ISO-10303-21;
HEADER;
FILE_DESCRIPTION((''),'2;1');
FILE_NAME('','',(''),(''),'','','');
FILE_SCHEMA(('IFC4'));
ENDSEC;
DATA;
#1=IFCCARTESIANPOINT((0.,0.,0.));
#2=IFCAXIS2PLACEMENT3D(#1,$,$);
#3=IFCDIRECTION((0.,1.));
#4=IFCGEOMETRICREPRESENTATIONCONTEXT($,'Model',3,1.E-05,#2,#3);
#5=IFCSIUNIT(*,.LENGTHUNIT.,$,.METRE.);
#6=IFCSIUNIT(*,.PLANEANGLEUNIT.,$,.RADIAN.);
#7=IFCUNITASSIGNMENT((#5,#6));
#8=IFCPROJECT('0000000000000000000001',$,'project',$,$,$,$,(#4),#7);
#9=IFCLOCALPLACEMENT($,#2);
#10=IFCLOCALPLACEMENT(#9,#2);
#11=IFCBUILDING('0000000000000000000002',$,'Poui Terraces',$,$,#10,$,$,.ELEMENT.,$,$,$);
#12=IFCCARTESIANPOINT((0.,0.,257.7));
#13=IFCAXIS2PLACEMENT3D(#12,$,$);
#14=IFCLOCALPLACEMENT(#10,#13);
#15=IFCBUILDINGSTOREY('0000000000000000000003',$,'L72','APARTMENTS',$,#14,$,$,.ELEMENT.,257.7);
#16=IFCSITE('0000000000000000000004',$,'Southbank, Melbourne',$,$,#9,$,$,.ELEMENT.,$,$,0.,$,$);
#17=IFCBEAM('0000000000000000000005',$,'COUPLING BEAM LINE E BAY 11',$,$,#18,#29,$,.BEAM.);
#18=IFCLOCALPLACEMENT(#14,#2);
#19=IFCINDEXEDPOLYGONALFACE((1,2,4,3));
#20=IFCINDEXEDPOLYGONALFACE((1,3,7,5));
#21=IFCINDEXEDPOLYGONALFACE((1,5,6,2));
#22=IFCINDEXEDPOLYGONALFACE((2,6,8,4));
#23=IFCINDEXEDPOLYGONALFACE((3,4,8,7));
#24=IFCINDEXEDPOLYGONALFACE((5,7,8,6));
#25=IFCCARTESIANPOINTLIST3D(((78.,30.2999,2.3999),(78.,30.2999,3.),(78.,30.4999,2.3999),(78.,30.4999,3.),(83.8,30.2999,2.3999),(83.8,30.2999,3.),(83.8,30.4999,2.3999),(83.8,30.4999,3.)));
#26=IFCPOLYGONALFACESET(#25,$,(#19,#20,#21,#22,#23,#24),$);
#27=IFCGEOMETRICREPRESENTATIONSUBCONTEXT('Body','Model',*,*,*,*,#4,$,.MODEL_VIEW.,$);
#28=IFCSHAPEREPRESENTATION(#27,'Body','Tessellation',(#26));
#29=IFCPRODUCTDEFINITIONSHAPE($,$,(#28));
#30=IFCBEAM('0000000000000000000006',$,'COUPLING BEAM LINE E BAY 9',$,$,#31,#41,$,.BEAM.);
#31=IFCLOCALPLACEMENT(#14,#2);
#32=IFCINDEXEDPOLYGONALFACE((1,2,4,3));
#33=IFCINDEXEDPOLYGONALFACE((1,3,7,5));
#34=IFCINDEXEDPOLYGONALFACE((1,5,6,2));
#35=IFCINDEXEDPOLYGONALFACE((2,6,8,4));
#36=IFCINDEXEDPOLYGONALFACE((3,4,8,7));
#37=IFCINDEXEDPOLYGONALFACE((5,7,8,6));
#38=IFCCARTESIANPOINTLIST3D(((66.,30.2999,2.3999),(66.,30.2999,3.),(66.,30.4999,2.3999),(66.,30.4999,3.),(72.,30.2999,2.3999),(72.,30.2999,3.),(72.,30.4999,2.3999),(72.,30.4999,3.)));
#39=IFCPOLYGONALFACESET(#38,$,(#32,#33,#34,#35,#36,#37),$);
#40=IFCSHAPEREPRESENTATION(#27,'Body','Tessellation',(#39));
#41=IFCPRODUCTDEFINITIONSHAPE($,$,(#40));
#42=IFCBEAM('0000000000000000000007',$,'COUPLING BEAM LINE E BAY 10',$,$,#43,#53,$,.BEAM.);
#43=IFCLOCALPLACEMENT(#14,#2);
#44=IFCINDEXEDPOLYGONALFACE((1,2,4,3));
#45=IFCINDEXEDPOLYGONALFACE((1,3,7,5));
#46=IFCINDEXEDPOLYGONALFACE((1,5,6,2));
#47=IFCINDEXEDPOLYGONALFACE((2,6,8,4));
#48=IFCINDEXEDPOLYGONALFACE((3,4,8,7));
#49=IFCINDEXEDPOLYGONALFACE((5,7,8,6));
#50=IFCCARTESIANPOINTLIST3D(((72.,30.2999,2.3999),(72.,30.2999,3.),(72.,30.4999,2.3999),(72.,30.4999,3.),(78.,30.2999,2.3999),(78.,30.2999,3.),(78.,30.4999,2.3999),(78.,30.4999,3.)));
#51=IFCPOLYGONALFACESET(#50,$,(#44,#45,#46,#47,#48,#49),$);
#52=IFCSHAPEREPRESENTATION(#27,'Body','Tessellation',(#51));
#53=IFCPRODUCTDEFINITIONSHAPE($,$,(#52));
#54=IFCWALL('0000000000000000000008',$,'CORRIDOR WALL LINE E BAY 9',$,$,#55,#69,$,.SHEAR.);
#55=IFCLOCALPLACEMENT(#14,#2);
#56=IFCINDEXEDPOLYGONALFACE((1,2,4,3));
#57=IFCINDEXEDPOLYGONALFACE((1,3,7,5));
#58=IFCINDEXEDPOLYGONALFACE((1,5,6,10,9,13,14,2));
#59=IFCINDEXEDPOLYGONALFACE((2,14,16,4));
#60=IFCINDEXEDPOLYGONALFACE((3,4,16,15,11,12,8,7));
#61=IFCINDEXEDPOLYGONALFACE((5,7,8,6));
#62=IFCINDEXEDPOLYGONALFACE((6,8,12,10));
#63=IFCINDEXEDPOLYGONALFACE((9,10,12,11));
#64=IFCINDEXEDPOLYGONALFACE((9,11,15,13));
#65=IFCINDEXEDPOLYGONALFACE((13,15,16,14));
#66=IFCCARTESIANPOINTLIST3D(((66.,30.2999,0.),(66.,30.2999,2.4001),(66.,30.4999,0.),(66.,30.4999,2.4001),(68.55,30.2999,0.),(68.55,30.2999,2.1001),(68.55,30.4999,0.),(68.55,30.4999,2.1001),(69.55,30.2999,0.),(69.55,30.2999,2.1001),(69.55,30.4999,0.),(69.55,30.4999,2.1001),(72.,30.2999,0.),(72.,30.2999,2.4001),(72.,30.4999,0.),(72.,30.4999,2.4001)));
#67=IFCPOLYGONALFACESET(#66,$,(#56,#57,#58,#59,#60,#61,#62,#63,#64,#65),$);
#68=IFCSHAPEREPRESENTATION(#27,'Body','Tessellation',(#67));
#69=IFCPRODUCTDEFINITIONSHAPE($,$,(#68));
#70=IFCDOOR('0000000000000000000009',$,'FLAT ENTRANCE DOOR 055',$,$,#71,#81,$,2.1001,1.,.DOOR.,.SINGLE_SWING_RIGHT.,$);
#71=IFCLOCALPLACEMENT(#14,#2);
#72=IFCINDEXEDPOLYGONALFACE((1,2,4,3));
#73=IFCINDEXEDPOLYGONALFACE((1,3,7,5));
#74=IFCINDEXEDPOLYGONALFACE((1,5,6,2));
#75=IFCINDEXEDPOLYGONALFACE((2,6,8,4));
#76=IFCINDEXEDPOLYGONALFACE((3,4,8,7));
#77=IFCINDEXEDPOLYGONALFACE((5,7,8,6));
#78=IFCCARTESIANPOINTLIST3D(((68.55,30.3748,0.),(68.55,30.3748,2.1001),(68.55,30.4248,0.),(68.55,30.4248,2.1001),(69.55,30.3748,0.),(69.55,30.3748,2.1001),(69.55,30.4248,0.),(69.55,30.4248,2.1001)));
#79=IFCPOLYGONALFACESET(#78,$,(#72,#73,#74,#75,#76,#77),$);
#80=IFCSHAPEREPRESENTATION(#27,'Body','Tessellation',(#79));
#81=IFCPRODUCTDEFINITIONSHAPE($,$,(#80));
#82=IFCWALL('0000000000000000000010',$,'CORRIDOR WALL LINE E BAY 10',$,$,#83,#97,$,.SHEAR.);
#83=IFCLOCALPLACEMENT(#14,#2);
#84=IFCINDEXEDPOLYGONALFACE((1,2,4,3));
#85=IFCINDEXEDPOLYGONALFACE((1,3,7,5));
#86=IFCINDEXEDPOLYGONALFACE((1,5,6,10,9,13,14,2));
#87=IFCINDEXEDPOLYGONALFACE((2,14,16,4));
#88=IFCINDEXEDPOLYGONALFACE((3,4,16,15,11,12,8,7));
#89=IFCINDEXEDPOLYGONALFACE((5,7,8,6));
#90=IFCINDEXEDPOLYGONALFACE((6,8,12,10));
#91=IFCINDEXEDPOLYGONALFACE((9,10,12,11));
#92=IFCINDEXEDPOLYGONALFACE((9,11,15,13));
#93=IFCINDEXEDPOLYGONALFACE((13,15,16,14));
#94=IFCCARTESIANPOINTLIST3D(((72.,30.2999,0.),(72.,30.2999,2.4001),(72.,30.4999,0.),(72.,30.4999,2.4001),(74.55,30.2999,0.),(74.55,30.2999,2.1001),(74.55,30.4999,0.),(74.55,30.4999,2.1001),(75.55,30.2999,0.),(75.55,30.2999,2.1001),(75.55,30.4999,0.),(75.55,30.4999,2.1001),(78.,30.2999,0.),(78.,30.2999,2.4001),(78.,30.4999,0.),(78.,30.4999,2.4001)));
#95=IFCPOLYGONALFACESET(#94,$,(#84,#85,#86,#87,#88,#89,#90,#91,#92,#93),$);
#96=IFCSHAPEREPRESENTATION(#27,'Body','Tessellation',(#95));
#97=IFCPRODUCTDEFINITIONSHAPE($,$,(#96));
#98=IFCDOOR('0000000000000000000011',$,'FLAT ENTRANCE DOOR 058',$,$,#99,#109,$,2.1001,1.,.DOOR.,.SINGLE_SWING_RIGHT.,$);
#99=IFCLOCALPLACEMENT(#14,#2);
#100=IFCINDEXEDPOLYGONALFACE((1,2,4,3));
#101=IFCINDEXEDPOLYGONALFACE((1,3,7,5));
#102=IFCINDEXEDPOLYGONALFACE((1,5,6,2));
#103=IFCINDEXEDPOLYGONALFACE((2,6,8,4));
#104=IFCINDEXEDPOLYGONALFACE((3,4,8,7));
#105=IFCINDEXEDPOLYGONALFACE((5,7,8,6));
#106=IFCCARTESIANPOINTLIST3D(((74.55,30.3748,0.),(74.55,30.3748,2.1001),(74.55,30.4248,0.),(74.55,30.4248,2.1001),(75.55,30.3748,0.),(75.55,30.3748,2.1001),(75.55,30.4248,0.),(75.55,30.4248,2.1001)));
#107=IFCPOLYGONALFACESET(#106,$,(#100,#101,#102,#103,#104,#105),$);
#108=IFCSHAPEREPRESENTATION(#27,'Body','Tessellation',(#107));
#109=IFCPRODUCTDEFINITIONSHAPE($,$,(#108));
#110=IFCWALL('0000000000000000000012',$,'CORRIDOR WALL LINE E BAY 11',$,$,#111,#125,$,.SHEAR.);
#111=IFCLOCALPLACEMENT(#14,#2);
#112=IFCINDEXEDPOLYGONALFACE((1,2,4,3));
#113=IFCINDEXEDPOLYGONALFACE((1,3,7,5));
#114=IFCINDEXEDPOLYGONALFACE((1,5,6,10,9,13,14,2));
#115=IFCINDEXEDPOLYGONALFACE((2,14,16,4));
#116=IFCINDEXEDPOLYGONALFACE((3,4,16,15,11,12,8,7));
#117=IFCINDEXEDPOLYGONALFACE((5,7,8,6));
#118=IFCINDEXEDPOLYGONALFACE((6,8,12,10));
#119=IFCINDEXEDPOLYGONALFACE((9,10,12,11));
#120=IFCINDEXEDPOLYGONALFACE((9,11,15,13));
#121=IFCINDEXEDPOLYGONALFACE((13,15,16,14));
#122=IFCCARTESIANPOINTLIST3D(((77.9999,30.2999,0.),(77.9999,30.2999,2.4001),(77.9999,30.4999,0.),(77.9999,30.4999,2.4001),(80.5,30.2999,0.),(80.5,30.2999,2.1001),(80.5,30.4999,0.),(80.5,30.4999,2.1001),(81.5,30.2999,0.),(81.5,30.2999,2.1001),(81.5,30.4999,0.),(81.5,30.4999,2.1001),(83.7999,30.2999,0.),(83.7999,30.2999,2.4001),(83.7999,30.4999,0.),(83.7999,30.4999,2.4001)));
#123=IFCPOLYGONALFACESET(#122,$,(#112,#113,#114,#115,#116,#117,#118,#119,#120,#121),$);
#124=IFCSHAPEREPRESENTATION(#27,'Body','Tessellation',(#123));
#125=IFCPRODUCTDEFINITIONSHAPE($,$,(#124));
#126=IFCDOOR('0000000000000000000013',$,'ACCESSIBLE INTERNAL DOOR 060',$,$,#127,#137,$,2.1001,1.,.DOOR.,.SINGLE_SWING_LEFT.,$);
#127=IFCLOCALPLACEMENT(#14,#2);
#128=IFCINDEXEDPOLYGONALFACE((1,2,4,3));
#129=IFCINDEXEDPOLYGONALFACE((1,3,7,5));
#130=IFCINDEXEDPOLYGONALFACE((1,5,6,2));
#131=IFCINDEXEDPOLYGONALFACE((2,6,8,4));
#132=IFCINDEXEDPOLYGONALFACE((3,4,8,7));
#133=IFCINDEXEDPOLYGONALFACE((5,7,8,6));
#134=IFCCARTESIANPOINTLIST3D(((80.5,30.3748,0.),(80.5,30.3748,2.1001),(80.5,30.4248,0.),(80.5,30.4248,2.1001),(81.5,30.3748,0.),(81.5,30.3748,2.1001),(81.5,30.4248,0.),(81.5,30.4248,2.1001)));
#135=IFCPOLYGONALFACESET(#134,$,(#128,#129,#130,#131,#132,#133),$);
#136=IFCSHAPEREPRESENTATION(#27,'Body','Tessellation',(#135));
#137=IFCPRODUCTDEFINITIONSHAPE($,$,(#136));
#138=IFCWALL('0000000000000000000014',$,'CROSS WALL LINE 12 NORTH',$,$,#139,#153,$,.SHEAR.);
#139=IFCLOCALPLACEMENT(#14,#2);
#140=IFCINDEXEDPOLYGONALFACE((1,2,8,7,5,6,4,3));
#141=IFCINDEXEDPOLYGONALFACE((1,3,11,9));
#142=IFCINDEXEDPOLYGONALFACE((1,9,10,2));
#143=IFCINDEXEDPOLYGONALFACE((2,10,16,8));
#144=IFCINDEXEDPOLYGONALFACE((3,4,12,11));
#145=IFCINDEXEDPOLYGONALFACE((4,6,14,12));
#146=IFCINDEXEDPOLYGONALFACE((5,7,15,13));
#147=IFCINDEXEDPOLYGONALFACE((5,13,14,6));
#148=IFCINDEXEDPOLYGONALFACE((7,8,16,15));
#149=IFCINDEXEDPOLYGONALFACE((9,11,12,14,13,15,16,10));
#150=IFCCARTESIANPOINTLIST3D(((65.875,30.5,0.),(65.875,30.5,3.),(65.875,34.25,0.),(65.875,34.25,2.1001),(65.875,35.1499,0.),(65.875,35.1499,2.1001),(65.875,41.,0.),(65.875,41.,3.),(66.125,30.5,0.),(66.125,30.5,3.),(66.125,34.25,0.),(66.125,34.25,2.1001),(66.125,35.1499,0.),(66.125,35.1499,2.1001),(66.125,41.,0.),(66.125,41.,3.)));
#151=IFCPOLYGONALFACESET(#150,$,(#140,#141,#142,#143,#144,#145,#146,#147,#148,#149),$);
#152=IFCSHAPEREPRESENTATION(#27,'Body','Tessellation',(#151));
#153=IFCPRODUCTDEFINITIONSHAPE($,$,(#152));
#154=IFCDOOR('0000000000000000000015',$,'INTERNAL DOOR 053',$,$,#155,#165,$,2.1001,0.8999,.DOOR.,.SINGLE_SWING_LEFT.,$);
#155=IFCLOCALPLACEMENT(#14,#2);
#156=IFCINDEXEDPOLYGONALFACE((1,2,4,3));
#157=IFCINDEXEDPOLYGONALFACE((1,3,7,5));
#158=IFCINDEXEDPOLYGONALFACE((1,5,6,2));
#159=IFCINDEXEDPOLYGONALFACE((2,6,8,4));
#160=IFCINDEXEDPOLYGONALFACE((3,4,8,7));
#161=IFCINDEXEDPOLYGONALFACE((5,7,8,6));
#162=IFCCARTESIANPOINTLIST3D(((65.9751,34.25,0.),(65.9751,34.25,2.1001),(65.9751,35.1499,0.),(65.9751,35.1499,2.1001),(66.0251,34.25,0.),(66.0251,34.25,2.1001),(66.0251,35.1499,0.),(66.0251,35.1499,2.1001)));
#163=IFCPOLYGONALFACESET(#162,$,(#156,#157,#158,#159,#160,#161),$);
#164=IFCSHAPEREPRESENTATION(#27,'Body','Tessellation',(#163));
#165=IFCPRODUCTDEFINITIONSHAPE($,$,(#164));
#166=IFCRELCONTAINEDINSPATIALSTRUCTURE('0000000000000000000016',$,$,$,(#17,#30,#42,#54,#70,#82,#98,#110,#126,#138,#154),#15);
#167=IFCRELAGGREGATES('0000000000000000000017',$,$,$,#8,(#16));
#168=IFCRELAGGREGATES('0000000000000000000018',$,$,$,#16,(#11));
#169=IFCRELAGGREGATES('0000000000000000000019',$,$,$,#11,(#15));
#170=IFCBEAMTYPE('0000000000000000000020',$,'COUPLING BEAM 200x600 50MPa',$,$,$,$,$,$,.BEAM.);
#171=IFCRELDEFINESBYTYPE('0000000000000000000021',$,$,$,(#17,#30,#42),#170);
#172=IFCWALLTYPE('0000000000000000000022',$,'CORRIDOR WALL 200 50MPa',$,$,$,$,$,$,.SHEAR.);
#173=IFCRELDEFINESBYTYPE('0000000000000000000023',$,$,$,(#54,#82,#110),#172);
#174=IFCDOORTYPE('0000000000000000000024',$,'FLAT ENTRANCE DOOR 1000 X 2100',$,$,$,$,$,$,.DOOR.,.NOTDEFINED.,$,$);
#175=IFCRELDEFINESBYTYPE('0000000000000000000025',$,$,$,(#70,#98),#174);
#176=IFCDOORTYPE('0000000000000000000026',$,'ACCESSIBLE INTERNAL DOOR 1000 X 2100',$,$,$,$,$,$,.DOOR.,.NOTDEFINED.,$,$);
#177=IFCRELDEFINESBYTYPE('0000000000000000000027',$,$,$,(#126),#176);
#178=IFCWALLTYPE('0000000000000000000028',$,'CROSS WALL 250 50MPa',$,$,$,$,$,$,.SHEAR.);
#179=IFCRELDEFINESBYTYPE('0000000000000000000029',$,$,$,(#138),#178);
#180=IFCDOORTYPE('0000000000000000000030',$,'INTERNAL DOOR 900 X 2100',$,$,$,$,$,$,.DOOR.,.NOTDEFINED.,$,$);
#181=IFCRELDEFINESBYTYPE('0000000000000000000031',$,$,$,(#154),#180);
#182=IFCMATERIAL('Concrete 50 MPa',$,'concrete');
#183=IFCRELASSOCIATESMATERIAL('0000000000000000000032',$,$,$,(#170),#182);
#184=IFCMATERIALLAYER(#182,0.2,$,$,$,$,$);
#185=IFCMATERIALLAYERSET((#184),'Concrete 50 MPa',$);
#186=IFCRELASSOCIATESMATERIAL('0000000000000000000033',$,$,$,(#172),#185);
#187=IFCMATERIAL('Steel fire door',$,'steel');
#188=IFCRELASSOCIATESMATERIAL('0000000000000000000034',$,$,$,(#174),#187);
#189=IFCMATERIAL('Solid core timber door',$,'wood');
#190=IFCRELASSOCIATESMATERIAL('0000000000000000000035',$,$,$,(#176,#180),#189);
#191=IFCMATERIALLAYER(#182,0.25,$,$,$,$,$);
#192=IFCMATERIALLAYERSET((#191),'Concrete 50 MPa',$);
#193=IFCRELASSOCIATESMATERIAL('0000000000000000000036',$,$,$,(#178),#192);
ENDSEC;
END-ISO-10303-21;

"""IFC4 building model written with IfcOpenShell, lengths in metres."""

from ifc_helpers import new_model, si_unit, direction, frame, frame_2d, origin, origin_2d, place, context, subcontext, project, spatial, rectangle, extrude, source, transform, mapped, material, layer, layer_set, material_profile, profile_set, type_object, element, fill, save


model = new_model("IFC4")

# Units and contexts
model_context = context("Model", 3, precision=1e-05, world=origin(), true_north=direction((0.0, 1.0)))
body_context = subcontext(model_context, "Body", "Model", "MODEL_VIEW")
ifc_project = project(units=[si_unit("LENGTHUNIT", "METRE"), si_unit("PLANEANGLEUNIT", "RADIAN")], contexts=[model_context])

# Site, building, storey
site_placement = place(None, origin())
site = spatial("IfcSite", under=ifc_project, at=site_placement, Name="Southbank, Melbourne", CompositionType="ELEMENT", RefElevation=0.0)
building_placement = place(site_placement, origin())
building = spatial("IfcBuilding", under=site, at=building_placement, Name="Poui Terraces", CompositionType="ELEMENT")
storey_placement = place(building_placement, frame((0.0, 0.0, 257.7)))
storey = spatial("IfcBuildingStorey", under=building, at=storey_placement, Name="L72", Description="APARTMENTS", CompositionType="ELEMENT", Elevation=257.7)

# Beams
ifc_material_1 = material(Name="Concrete 50 MPa", Category="concrete")
ifc_material_profile = material_profile(ifc_material_1, rectangle(XDim=0.2, YDim=0.6001, at=origin_2d()), Name="RC 200x600")
ifc_profile_set = profile_set([ifc_material_profile], Name="Concrete 50 MPa")
beam_type = type_object("IfcBeamType", Name="COUPLING BEAM 200x600 50MPa", PredefinedType="BEAM", material=ifc_profile_set)
shared_shape_1 = source(origin(), body_context, "Body", "SweptSolid", [
    extrude(rectangle(XDim=0.2, YDim=0.6001, at=origin_2d()), origin(), (0.0, 0.0, 1.0), 5.8),
])
beam_placement = place(storey_placement, frame((78.0, 30.3999, 2.7), z_axis=(1.0, 0.0, 0.0), x_axis=(0.0, 1.0, 0.0)))
element("IfcBeam", 1, at=beam_placement, inside=storey, type_object=beam_type, Name="COUPLING BEAM LINE E BAY 11", PredefinedType="BEAM", context=body_context, shape_type="MappedRepresentation", body=[
    mapped(shared_shape_1, transform((0.0, 0.0, 0.0))),
])
shared_shape_2 = source(origin(), body_context, "Body", "SweptSolid", [
    extrude(rectangle(XDim=0.2, YDim=0.6001, at=origin_2d()), origin(), (0.0, 0.0, 1.0), 6.0),
])
for number, where, z_axis, x_axis, name in (
    (2, (66.0, 30.3999, 2.7), (1.0, 0.0, 0.0), (0.0, 1.0, 0.0), "COUPLING BEAM LINE E BAY 9"),
    (3, (72.0, 30.3999, 2.7), (1.0, 0.0, 0.0), (0.0, 1.0, 0.0), "COUPLING BEAM LINE E BAY 10"),
):
    element("IfcBeam", number, at=place(storey_placement, frame(where, z_axis=z_axis, x_axis=x_axis)), inside=storey, type_object=beam_type, Name=name, PredefinedType="BEAM", context=body_context, shape_type="MappedRepresentation", body=[
        mapped(shared_shape_2, transform((0.0, 0.0, 0.0))),
    ])

# Walls, openings, doors
ifc_layer_1 = layer(ifc_material_1, 0.2)
ifc_layer_set_1 = layer_set([ifc_layer_1], Name="Concrete 50 MPa")
wall_type_1 = type_object("IfcWallType", Name="CORRIDOR WALL 200 50MPa", PredefinedType="SHEAR", material=ifc_layer_set_1)
wall_1_placement = place(storey_placement, frame((66.0, 30.3999, 0.0), z_axis=(0.0, 0.0, 1.0), x_axis=(1.0, 0.0, 0.0)))
wall_1 = element("IfcWall", 4, at=wall_1_placement, inside=storey, type_object=wall_type_1, Name="CORRIDOR WALL LINE E BAY 9", PredefinedType="SHEAR", context=body_context, shape_type="SweptSolid", body=[
    extrude(rectangle(XDim=6.0, YDim=0.2, at=frame_2d((3.0, 0.0))), origin(), (0.0, 0.0, 1.0), 2.4001),
])
opening_1_placement = place(wall_1_placement, frame((2.55, 0.0, 0.0)))
opening_1 = element("IfcOpeningElement", 5, at=opening_1_placement, cuts=wall_1, PredefinedType="OPENING", context=body_context, shape_type="SweptSolid", body=[
    extrude(rectangle(XDim=1.0, YDim=2.1001, at=frame_2d((0.5, 1.05))), frame((0.0, 0.1099, 0.0), z_axis=(0.0, -1.0, 0.0), x_axis=(1.0, 0.0, 0.0)), (0.0, 0.0, 1.0), 0.22),
])
ifc_material_2 = material(Name="Steel fire door", Category="steel")
door_type_1 = type_object("IfcDoorType", Name="FLAT ENTRANCE DOOR 1000 X 2100", OperationType="NOTDEFINED", PredefinedType="DOOR", material=ifc_material_2)
door_1_placement = place(opening_1_placement, origin())
door_1 = element("IfcDoor", 6, at=door_1_placement, inside=storey, type_object=door_type_1, Name="FLAT ENTRANCE DOOR 055", OperationType="SINGLE_SWING_RIGHT", OverallHeight=2.1001, OverallWidth=1.0, PredefinedType="DOOR", context=body_context, shape_type="SweptSolid", body=[
    extrude(rectangle(XDim=1.0, YDim=2.1001, at=frame_2d((0.5, 1.05))), frame((0.0, 0.0249, 0.0), z_axis=(0.0, -1.0, 0.0), x_axis=(1.0, 0.0, 0.0)), (0.0, 0.0, 1.0), 0.05),
])
fill(opening_1, door_1)
wall_2_placement = place(storey_placement, frame((72.0, 30.3999, 0.0), z_axis=(0.0, 0.0, 1.0), x_axis=(1.0, 0.0, 0.0)))
wall_2 = element("IfcWall", 7, at=wall_2_placement, inside=storey, type_object=wall_type_1, Name="CORRIDOR WALL LINE E BAY 10", PredefinedType="SHEAR", context=body_context, shape_type="SweptSolid", body=[
    extrude(rectangle(XDim=6.0, YDim=0.2, at=frame_2d((3.0, 0.0))), origin(), (0.0, 0.0, 1.0), 2.4001),
])
opening_2_placement = place(wall_2_placement, frame((2.55, 0.0, 0.0)))
opening_2 = element("IfcOpeningElement", 8, at=opening_2_placement, cuts=wall_2, PredefinedType="OPENING", context=body_context, shape_type="SweptSolid", body=[
    extrude(rectangle(XDim=1.0, YDim=2.1001, at=frame_2d((0.5, 1.05))), frame((0.0, 0.1099, 0.0), z_axis=(0.0, -1.0, 0.0), x_axis=(1.0, 0.0, 0.0)), (0.0, 0.0, 1.0), 0.22),
])
door_2_placement = place(opening_2_placement, origin())
door_2 = element("IfcDoor", 9, at=door_2_placement, inside=storey, type_object=door_type_1, Name="FLAT ENTRANCE DOOR 058", OperationType="SINGLE_SWING_RIGHT", OverallHeight=2.1001, OverallWidth=1.0, PredefinedType="DOOR", context=body_context, shape_type="SweptSolid", body=[
    extrude(rectangle(XDim=1.0, YDim=2.1001, at=frame_2d((0.5, 1.05))), frame((0.0, 0.0249, 0.0), z_axis=(0.0, -1.0, 0.0), x_axis=(1.0, 0.0, 0.0)), (0.0, 0.0, 1.0), 0.05),
])
fill(opening_2, door_2)
wall_3_placement = place(storey_placement, frame((78.0, 30.3999, 0.0), z_axis=(0.0, 0.0, 1.0), x_axis=(1.0, 0.0, 0.0)))
wall_3 = element("IfcWall", 10, at=wall_3_placement, inside=storey, type_object=wall_type_1, Name="CORRIDOR WALL LINE E BAY 11", PredefinedType="SHEAR", context=body_context, shape_type="SweptSolid", body=[
    extrude(rectangle(XDim=5.8, YDim=0.2, at=frame_2d((2.8999, 0.0))), origin(), (0.0, 0.0, 1.0), 2.4001),
])
opening_3_placement = place(wall_3_placement, frame((2.5, 0.0, 0.0)))
opening_3 = element("IfcOpeningElement", 11, at=opening_3_placement, cuts=wall_3, PredefinedType="OPENING", context=body_context, shape_type="SweptSolid", body=[
    extrude(rectangle(XDim=1.0, YDim=2.1001, at=frame_2d((0.5, 1.05))), frame((0.0, 0.1099, 0.0), z_axis=(0.0, -1.0, 0.0), x_axis=(1.0, 0.0, 0.0)), (0.0, 0.0, 1.0), 0.22),
])
ifc_material_3 = material(Name="Solid core timber door", Category="wood")
door_type_2 = type_object("IfcDoorType", Name="ACCESSIBLE INTERNAL DOOR 1000 X 2100", OperationType="NOTDEFINED", PredefinedType="DOOR", material=ifc_material_3)
door_3_placement = place(opening_3_placement, origin())
door_3 = element("IfcDoor", 12, at=door_3_placement, inside=storey, type_object=door_type_2, Name="ACCESSIBLE INTERNAL DOOR 060", OperationType="SINGLE_SWING_LEFT", OverallHeight=2.1001, OverallWidth=1.0, PredefinedType="DOOR", context=body_context, shape_type="SweptSolid", body=[
    extrude(rectangle(XDim=1.0, YDim=2.1001, at=frame_2d((0.5, 1.05))), frame((0.0, 0.0249, 0.0), z_axis=(0.0, -1.0, 0.0), x_axis=(1.0, 0.0, 0.0)), (0.0, 0.0, 1.0), 0.05),
])
fill(opening_3, door_3)
ifc_layer_2 = layer(ifc_material_1, 0.25)
ifc_layer_set_2 = layer_set([ifc_layer_2], Name="Concrete 50 MPa")
wall_type_2 = type_object("IfcWallType", Name="CROSS WALL 250 50MPa", PredefinedType="SHEAR", material=ifc_layer_set_2)
wall_4_placement = place(storey_placement, frame((66.0, 30.5, 0.0), z_axis=(0.0, 0.0, 1.0), x_axis=(0.0, 1.0, 0.0)))
wall_4 = element("IfcWall", 13, at=wall_4_placement, inside=storey, type_object=wall_type_2, Name="CROSS WALL LINE 12 NORTH", PredefinedType="SHEAR", context=body_context, shape_type="SweptSolid", body=[
    extrude(rectangle(XDim=10.5, YDim=0.25, at=frame_2d((5.25, 0.0))), origin(), (0.0, 0.0, 1.0), 3.0),
])
opening_4_placement = place(wall_4_placement, frame((3.75, 0.0, 0.0)))
opening_4 = element("IfcOpeningElement", 14, at=opening_4_placement, cuts=wall_4, PredefinedType="OPENING", context=body_context, shape_type="SweptSolid", body=[
    extrude(rectangle(XDim=0.8999, YDim=2.1001, at=frame_2d((0.45, 1.05))), frame((0.0, 0.135, 0.0), z_axis=(0.0, -1.0, 0.0), x_axis=(1.0, 0.0, 0.0)), (0.0, 0.0, 1.0), 0.27),
])
door_type_3 = type_object("IfcDoorType", Name="INTERNAL DOOR 900 X 2100", OperationType="NOTDEFINED", PredefinedType="DOOR", material=ifc_material_3)
door_4_placement = place(opening_4_placement, origin())
door_4 = element("IfcDoor", 15, at=door_4_placement, inside=storey, type_object=door_type_3, Name="INTERNAL DOOR 053", OperationType="SINGLE_SWING_LEFT", OverallHeight=2.1001, OverallWidth=0.8999, PredefinedType="DOOR", context=body_context, shape_type="SweptSolid", body=[
    extrude(rectangle(XDim=0.8999, YDim=2.1001, at=frame_2d((0.45, 1.05))), frame((0.0, 0.0249, 0.0), z_axis=(0.0, -1.0, 0.0), x_axis=(1.0, 0.0, 0.0)), (0.0, 0.0, 1.0), 0.05),
])
fill(opening_4, door_4)

save(model, "model.ifc")
